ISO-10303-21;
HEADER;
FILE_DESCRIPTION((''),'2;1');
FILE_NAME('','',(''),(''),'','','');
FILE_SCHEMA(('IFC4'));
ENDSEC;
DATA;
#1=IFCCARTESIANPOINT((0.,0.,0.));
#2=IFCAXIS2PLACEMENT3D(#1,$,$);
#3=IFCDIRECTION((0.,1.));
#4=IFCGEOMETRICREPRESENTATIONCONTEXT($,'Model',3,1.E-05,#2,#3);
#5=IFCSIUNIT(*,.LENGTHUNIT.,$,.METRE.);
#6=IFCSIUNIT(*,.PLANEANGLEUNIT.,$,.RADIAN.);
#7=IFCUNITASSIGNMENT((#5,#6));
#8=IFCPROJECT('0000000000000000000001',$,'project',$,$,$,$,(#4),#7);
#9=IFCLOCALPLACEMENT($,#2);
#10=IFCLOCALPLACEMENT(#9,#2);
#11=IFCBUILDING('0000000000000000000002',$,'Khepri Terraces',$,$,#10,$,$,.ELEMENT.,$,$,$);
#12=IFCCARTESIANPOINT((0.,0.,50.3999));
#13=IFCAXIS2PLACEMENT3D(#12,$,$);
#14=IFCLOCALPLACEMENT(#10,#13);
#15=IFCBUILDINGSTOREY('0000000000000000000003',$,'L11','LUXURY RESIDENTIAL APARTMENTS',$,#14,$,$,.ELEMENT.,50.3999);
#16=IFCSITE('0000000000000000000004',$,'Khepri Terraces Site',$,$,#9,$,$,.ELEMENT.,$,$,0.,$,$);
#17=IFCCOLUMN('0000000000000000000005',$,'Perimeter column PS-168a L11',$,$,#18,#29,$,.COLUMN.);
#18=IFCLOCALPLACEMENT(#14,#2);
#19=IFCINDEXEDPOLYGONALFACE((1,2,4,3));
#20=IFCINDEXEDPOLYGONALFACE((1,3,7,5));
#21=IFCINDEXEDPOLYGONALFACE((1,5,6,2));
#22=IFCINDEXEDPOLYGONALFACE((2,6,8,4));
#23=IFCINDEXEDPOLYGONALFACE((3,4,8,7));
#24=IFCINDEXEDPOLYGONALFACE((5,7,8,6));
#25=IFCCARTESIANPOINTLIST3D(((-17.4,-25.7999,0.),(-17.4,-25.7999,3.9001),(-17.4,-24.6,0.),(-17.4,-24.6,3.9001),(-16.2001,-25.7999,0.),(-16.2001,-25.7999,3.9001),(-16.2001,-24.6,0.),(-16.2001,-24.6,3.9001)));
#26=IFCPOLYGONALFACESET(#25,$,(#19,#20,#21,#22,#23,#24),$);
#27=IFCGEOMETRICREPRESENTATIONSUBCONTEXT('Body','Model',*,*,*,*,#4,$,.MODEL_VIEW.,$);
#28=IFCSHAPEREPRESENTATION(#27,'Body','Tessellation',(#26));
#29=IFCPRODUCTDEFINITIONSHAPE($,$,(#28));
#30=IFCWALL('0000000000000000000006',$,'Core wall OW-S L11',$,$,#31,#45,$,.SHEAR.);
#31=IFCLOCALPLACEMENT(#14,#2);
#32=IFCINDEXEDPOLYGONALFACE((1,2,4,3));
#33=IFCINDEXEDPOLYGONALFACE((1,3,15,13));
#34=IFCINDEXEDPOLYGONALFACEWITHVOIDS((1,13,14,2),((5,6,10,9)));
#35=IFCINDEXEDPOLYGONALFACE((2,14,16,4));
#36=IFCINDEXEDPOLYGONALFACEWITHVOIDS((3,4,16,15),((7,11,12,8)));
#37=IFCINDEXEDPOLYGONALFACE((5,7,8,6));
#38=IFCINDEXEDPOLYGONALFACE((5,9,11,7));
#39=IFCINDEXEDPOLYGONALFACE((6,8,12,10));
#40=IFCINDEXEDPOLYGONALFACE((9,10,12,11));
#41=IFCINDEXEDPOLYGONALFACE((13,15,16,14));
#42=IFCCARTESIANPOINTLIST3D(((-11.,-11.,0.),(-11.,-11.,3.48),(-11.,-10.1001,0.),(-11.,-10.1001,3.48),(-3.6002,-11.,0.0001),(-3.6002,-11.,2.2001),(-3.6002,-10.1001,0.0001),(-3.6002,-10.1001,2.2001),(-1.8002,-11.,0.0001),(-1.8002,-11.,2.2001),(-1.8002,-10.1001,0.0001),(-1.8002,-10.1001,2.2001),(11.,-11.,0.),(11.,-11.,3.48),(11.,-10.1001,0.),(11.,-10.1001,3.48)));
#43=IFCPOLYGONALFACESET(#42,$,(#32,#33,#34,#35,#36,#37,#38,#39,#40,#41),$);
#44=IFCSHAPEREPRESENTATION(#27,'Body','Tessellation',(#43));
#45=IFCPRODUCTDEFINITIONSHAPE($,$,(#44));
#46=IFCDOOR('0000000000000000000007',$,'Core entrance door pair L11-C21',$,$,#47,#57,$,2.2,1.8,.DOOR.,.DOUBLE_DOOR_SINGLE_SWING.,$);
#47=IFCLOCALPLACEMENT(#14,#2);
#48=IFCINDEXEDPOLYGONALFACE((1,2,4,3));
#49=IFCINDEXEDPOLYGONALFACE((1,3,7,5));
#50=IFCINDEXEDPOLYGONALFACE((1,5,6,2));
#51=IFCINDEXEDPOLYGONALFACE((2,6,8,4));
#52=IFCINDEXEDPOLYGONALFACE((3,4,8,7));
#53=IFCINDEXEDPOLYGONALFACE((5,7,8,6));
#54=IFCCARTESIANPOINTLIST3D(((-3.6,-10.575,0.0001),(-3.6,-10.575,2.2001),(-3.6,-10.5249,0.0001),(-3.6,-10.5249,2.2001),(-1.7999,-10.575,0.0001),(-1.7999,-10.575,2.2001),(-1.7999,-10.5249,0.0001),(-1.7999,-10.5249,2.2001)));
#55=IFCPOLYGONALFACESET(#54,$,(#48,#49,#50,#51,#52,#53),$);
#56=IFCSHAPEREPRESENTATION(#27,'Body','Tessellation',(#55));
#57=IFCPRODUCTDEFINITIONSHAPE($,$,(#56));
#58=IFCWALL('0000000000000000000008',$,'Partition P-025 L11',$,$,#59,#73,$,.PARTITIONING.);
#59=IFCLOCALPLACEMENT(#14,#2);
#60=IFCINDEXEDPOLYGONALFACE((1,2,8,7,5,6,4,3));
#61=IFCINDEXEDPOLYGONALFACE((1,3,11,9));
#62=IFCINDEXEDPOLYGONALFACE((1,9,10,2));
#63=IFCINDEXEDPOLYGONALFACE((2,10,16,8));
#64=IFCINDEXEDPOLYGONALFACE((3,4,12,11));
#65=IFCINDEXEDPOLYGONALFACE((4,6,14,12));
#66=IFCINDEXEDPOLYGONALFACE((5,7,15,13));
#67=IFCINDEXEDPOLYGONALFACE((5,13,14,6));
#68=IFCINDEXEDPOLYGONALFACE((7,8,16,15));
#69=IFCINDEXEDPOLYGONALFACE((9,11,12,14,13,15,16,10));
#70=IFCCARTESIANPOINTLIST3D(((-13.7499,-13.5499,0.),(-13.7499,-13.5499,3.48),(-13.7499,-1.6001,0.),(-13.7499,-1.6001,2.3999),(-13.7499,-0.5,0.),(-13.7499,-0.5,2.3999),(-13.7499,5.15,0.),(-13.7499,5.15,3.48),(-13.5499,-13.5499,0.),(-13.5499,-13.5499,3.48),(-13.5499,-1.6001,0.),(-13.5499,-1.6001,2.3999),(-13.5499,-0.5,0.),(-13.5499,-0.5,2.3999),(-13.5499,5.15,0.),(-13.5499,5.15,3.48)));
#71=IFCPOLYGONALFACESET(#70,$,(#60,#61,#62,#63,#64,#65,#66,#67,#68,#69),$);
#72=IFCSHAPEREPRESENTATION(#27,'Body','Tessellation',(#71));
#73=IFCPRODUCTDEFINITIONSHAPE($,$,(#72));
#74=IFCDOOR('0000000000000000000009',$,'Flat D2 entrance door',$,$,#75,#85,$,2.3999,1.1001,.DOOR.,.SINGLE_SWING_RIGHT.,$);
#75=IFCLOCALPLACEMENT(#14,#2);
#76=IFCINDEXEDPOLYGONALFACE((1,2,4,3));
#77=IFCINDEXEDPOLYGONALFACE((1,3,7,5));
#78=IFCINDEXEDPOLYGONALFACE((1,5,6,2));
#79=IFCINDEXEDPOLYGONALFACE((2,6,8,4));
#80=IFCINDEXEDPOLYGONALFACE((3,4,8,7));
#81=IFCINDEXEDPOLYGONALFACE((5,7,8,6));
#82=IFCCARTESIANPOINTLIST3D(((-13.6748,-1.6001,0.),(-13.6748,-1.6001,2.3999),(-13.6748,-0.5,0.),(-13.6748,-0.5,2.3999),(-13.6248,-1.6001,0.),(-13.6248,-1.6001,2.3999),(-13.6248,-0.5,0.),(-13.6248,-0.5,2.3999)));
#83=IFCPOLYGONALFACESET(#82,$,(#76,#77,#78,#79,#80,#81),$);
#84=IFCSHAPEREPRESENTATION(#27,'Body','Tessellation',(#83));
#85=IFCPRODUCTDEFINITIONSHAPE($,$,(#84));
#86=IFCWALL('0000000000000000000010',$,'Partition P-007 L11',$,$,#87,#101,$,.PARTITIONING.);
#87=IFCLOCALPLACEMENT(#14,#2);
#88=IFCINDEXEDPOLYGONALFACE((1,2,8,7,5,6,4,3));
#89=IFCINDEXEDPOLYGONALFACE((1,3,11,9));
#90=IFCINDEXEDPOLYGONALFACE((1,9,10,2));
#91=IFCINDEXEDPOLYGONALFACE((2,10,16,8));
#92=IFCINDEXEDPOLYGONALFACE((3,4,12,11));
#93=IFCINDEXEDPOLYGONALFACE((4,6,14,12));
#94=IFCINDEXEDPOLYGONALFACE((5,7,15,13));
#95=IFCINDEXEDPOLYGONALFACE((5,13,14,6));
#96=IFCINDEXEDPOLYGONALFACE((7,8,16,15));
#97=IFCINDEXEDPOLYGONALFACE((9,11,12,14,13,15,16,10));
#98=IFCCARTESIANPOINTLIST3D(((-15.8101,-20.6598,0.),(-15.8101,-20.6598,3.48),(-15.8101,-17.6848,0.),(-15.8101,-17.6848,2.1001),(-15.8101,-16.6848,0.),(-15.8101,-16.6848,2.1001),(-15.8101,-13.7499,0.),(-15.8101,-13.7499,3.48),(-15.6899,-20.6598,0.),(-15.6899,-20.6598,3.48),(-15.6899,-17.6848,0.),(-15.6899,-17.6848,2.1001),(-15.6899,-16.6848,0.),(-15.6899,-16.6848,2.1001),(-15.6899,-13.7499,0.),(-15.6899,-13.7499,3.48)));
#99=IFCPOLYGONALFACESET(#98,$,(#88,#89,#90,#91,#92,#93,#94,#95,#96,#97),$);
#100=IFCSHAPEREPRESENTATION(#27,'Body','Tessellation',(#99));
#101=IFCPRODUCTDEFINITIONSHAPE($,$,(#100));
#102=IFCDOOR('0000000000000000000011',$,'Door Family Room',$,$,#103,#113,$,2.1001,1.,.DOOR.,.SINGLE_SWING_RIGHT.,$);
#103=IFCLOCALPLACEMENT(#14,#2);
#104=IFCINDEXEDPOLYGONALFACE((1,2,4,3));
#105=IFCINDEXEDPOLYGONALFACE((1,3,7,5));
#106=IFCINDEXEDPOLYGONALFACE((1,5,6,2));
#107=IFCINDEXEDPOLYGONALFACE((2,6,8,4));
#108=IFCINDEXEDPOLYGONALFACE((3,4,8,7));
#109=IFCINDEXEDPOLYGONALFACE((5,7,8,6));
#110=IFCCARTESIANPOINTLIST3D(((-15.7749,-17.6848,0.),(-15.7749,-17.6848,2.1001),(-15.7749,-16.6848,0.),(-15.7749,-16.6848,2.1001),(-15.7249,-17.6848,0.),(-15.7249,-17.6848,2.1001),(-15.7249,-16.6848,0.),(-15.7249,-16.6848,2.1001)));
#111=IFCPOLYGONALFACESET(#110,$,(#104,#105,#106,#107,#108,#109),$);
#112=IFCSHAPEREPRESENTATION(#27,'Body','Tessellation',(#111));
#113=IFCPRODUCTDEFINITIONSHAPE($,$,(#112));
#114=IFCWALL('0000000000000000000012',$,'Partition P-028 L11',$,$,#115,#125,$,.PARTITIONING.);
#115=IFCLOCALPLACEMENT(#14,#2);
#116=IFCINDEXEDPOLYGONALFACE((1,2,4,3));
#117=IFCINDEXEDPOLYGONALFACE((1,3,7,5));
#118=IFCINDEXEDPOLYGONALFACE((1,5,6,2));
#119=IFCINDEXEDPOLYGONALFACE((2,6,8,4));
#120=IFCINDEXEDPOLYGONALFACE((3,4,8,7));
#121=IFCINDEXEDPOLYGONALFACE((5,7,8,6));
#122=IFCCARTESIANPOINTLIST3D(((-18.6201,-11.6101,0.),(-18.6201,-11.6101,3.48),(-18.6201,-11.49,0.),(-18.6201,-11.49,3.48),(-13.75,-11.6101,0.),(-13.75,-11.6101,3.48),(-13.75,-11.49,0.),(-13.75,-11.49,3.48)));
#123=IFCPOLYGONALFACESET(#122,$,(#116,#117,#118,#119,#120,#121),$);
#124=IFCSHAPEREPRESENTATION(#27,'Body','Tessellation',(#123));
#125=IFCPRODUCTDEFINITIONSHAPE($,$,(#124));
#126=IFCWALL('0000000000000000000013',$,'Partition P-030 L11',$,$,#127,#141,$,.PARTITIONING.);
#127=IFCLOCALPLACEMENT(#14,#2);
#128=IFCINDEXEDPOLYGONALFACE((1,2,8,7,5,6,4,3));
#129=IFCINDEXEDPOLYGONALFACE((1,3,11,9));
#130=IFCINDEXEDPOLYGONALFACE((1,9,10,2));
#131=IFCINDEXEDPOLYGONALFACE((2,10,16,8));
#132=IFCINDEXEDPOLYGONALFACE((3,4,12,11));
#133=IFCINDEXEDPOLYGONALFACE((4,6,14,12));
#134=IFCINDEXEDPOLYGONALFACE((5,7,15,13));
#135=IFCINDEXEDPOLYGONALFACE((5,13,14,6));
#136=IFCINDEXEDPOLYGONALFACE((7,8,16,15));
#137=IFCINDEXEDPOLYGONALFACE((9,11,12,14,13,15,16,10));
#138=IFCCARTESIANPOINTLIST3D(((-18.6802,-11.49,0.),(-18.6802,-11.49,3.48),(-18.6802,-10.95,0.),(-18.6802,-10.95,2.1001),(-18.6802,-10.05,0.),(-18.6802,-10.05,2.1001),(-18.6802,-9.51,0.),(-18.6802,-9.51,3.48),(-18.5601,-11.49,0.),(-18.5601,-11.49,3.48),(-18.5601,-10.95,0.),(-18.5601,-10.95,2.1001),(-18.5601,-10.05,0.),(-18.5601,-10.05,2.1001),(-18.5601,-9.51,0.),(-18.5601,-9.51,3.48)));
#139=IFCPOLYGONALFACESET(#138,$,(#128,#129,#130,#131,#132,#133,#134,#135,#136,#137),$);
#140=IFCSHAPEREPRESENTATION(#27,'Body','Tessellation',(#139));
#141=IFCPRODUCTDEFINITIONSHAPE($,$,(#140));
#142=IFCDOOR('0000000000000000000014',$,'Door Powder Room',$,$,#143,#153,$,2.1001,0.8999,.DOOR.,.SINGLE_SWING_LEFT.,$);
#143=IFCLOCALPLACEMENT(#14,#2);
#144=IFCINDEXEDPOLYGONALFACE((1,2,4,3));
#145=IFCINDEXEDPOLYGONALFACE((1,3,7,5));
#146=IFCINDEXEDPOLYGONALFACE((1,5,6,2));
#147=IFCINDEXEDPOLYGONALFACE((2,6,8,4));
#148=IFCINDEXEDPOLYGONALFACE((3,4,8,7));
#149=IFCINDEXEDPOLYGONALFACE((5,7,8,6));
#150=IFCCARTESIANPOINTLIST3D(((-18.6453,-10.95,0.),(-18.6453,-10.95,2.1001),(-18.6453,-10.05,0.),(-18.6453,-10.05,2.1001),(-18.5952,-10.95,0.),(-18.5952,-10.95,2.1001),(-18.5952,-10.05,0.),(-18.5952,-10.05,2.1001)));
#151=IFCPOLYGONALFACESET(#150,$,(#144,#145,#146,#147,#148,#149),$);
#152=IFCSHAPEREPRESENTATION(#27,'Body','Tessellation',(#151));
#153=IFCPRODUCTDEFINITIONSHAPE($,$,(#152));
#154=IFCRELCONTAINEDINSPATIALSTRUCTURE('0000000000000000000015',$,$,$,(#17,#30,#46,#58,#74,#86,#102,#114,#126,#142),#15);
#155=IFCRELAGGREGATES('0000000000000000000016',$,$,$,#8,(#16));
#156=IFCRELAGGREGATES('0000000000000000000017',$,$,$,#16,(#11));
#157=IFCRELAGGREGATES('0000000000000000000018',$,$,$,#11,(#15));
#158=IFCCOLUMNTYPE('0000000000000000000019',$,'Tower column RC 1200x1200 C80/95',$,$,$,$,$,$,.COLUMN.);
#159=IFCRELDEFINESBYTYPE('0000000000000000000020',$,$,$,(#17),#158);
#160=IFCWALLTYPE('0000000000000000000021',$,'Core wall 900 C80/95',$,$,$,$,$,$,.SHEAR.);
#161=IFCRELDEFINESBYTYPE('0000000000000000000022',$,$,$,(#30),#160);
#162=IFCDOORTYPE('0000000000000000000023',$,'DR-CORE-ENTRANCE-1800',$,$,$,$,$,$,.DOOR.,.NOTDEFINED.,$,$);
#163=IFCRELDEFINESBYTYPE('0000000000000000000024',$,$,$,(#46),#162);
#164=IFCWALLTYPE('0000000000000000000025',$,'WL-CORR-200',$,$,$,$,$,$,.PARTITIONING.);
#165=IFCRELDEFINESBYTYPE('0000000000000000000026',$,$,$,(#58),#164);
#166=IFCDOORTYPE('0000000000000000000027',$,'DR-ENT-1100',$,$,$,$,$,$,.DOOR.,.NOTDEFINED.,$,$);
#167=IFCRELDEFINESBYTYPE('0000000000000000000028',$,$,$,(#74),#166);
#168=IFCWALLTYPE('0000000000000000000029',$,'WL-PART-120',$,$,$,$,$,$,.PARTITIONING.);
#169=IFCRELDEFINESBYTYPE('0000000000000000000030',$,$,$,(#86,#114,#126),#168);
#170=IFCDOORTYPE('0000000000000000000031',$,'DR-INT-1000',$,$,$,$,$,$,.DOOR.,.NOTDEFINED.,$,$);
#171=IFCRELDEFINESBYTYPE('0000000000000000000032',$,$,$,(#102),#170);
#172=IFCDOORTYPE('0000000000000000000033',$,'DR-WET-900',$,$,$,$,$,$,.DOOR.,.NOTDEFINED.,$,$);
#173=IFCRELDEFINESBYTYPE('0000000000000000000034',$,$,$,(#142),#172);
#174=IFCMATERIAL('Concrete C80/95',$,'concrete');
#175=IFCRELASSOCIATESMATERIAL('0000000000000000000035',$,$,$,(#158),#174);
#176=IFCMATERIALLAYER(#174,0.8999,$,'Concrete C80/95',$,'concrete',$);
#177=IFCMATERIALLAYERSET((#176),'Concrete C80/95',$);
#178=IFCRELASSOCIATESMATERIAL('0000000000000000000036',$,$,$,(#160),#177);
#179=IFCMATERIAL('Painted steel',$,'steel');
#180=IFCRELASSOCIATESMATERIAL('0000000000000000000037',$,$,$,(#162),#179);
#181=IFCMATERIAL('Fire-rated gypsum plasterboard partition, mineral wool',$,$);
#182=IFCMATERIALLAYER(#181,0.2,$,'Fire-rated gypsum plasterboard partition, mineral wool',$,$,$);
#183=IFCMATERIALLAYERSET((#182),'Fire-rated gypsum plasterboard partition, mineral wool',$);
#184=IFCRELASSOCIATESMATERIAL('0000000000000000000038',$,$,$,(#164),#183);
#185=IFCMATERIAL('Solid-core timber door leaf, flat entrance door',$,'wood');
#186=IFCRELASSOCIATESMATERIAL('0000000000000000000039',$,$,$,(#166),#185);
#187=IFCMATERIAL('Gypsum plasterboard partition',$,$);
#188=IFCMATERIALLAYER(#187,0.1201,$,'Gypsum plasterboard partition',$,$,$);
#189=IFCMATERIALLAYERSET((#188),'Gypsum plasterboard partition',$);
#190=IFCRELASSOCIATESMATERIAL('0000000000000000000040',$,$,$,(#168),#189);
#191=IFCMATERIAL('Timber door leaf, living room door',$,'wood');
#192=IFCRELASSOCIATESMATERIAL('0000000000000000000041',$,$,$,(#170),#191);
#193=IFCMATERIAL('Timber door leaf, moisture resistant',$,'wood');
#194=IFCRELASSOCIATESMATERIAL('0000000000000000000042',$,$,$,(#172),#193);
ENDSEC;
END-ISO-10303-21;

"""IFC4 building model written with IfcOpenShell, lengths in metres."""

from ifc_helpers import new_model, si_unit, direction, frame, frame_2d, origin, origin_2d, place, context, subcontext, project, spatial, rectangle, extrude, material, layer, layer_set, material_profile, profile_set, type_object, element, fill, save


model = new_model("IFC4")

# Units and contexts
model_context = context("Model", 3, precision=1e-05, world=origin(), true_north=direction((0.0, 1.0)))
body_context = subcontext(model_context, "Body", "Model", "MODEL_VIEW")
ifc_project = project(units=[si_unit("LENGTHUNIT", "METRE"), si_unit("PLANEANGLEUNIT", "RADIAN")], contexts=[model_context])

# Site, building, storey
site_placement = place(None, origin())
site = spatial("IfcSite", under=ifc_project, at=site_placement, Name="Khepri Terraces Site", CompositionType="ELEMENT", RefElevation=0.0)
building_placement = place(site_placement, origin())
building = spatial("IfcBuilding", under=site, at=building_placement, Name="Khepri Terraces", CompositionType="ELEMENT")
storey_placement = place(building_placement, frame((0.0, 0.0, 50.3999)))
storey = spatial("IfcBuildingStorey", under=building, at=storey_placement, Name="L11", Description="LUXURY RESIDENTIAL APARTMENTS", CompositionType="ELEMENT", Elevation=50.3999)

# Column
ifc_material_1 = material(Name="Concrete C80/95", Category="concrete")
ifc_material_profile = material_profile(ifc_material_1, rectangle(XDim=1.2, YDim=1.2, at=origin_2d()), Name="Concrete C80/95", Category="concrete")
ifc_profile_set = profile_set([ifc_material_profile], Name="Concrete C80/95")
column_type = type_object("IfcColumnType", Name="Tower column RC 1200x1200 C80/95", PredefinedType="COLUMN", material=ifc_profile_set)
column_placement = place(storey_placement, frame((-16.8, -25.2, 0.0), z_axis=(0.0, 0.0, 1.0), x_axis=(1.0, 0.0, 0.0)))
element("IfcColumn", 1, at=column_placement, inside=storey, type_object=column_type, Name="Perimeter column PS-168a L11", PredefinedType="COLUMN", context=body_context, shape_type="SweptSolid", body=[
    extrude(rectangle(XDim=1.2, YDim=1.2, at=origin_2d()), origin(), (0.0, 0.0, 1.0), 3.9001),
])

# Walls, openings, doors
ifc_layer_1 = layer(ifc_material_1, 0.8999, Name="Concrete C80/95", Category="concrete")
ifc_layer_set_1 = layer_set([ifc_layer_1], Name="Concrete C80/95")
wall_type_1 = type_object("IfcWallType", Name="Core wall 900 C80/95", PredefinedType="SHEAR", material=ifc_layer_set_1)
wall_1_placement = place(storey_placement, frame((-11.0, -10.55, 0.0), z_axis=(0.0, 0.0, 1.0), x_axis=(1.0, 0.0, 0.0)))
wall_1 = element("IfcWall", 2, at=wall_1_placement, inside=storey, type_object=wall_type_1, Name="Core wall OW-S L11", PredefinedType="SHEAR", context=body_context, shape_type="SweptSolid", body=[
    extrude(rectangle(XDim=22.0, YDim=0.8999, at=frame_2d((11.0, 0.0))), origin(), (0.0, 0.0, 1.0), 3.48),
])
opening_1_placement = place(wall_1_placement, frame((7.3999, 0.0, 0.0)))
opening_1 = element("IfcOpeningElement", 3, at=opening_1_placement, cuts=wall_1, PredefinedType="OPENING", context=body_context, shape_type="SweptSolid", body=[
    extrude(rectangle(XDim=1.8, YDim=2.2, at=frame_2d((0.8999, 1.1001))), frame((0.0, 0.46, 0.0), z_axis=(0.0, -1.0, 0.0), x_axis=(1.0, 0.0, 0.0)), (0.0, 0.0, 1.0), 0.9199),
])
ifc_material_2 = material(Name="Painted steel", Category="steel")
door_type_1 = type_object("IfcDoorType", Name="DR-CORE-ENTRANCE-1800", OperationType="NOTDEFINED", PredefinedType="DOOR", material=ifc_material_2)
door_1_placement = place(opening_1_placement, frame((1.8, 0.0, 0.0), z_axis=(0.0, 0.0, 1.0), x_axis=(-1.0, 0.0, 0.0)))
door_1 = element("IfcDoor", 4, at=door_1_placement, inside=storey, type_object=door_type_1, Name="Core entrance door pair L11-C21", OperationType="DOUBLE_DOOR_SINGLE_SWING", OverallHeight=2.2, OverallWidth=1.8, PredefinedType="DOOR", context=body_context, shape_type="SweptSolid", body=[
    extrude(rectangle(XDim=1.8, YDim=2.2, at=frame_2d((0.8999, 1.1001))), frame((0.0, 0.0249, 0.0), z_axis=(0.0, -1.0, 0.0), x_axis=(1.0, 0.0, 0.0)), (0.0, 0.0, 1.0), 0.05),
])
fill(opening_1, door_1)
ifc_material_3 = material(Name="Fire-rated gypsum plasterboard partition, mineral wool")
ifc_layer_2 = layer(ifc_material_3, 0.2, Name="Fire-rated gypsum plasterboard partition, mineral wool")
ifc_layer_set_2 = layer_set([ifc_layer_2], Name="Fire-rated gypsum plasterboard partition, mineral wool")
wall_type_2 = type_object("IfcWallType", Name="WL-CORR-200", PredefinedType="PARTITIONING", material=ifc_layer_set_2)
wall_2_placement = place(storey_placement, frame((-13.6499, -13.55, 0.0), z_axis=(0.0, 0.0, 1.0), x_axis=(0.0, 1.0, 0.0)))
wall_2 = element("IfcWall", 5, at=wall_2_placement, inside=storey, type_object=wall_type_2, Name="Partition P-025 L11", PredefinedType="PARTITIONING", context=body_context, shape_type="SweptSolid", body=[
    extrude(rectangle(XDim=18.7, YDim=0.2, at=frame_2d((9.3501, 0.0))), origin(), (0.0, 0.0, 1.0), 3.48),
])
opening_2_placement = place(wall_2_placement, frame((11.95, 0.0, 0.0)))
opening_2 = element("IfcOpeningElement", 6, at=opening_2_placement, cuts=wall_2, PredefinedType="OPENING", context=body_context, shape_type="SweptSolid", body=[
    extrude(rectangle(XDim=1.1001, YDim=2.3999, at=frame_2d((0.55, 1.2))), frame((0.0, 0.1099, 0.0), z_axis=(0.0, -1.0, 0.0), x_axis=(1.0, 0.0, 0.0)), (0.0, 0.0, 1.0), 0.22),
])
ifc_material_4 = material(Name="Solid-core timber door leaf, flat entrance door", Category="wood")
door_type_2 = type_object("IfcDoorType", Name="DR-ENT-1100", OperationType="NOTDEFINED", PredefinedType="DOOR", material=ifc_material_4)
door_2_placement = place(opening_2_placement, origin())
door_2 = element("IfcDoor", 7, at=door_2_placement, inside=storey, type_object=door_type_2, Name="Flat D2 entrance door", OperationType="SINGLE_SWING_RIGHT", OverallHeight=2.3999, OverallWidth=1.1001, PredefinedType="DOOR", context=body_context, shape_type="SweptSolid", body=[
    extrude(rectangle(XDim=1.1001, YDim=2.3999, at=frame_2d((0.55, 1.2))), frame((0.0, 0.0249, 0.0), z_axis=(0.0, -1.0, 0.0), x_axis=(1.0, 0.0, 0.0)), (0.0, 0.0, 1.0), 0.05),
])
fill(opening_2, door_2)

# Wall, opening, door
ifc_material_5 = material(Name="Gypsum plasterboard partition")
ifc_layer_3 = layer(ifc_material_5, 0.1201, Name="Gypsum plasterboard partition")
ifc_layer_set_3 = layer_set([ifc_layer_3], Name="Gypsum plasterboard partition")
wall_type_3 = type_object("IfcWallType", Name="WL-PART-120", PredefinedType="PARTITIONING", material=ifc_layer_set_3)
wall_3_placement = place(storey_placement, frame((-15.75, -20.6599, 0.0), z_axis=(0.0, 0.0, 1.0), x_axis=(0.0, 1.0, 0.0)))
wall_3 = element("IfcWall", 8, at=wall_3_placement, inside=storey, type_object=wall_type_3, Name="Partition P-007 L11", PredefinedType="PARTITIONING", context=body_context, shape_type="SweptSolid", body=[
    extrude(rectangle(XDim=6.9099, YDim=0.1201, at=frame_2d((3.4551, 0.0))), origin(), (0.0, 0.0, 1.0), 3.48),
])
opening_3_placement = place(wall_3_placement, frame((2.9751, 0.0, 0.0)))
opening_3 = element("IfcOpeningElement", 9, at=opening_3_placement, cuts=wall_3, PredefinedType="OPENING", context=body_context, shape_type="SweptSolid", body=[
    extrude(rectangle(XDim=1.0, YDim=2.1001, at=frame_2d((0.5, 1.05))), frame((0.0, 0.0701, 0.0), z_axis=(0.0, -1.0, 0.0), x_axis=(1.0, 0.0, 0.0)), (0.0, 0.0, 1.0), 0.1401),
])
ifc_material_6 = material(Name="Timber door leaf, living room door", Category="wood")
door_type_3 = type_object("IfcDoorType", Name="DR-INT-1000", OperationType="NOTDEFINED", PredefinedType="DOOR", material=ifc_material_6)
door_3_placement = place(opening_3_placement, origin())
door_3 = element("IfcDoor", 10, at=door_3_placement, inside=storey, type_object=door_type_3, Name="Door Family Room", OperationType="SINGLE_SWING_RIGHT", OverallHeight=2.1001, OverallWidth=1.0, PredefinedType="DOOR", context=body_context, shape_type="SweptSolid", body=[
    extrude(rectangle(XDim=1.0, YDim=2.1001, at=frame_2d((0.5, 1.05))), frame((0.0, 0.0249, 0.0), z_axis=(0.0, -1.0, 0.0), x_axis=(1.0, 0.0, 0.0)), (0.0, 0.0, 1.0), 0.05),
])
fill(opening_3, door_3)

# Wall
wall_4_placement = place(storey_placement, frame((-18.6201, -11.55, 0.0), z_axis=(0.0, 0.0, 1.0), x_axis=(1.0, 0.0, 0.0)))
element("IfcWall", 11, at=wall_4_placement, inside=storey, type_object=wall_type_3, Name="Partition P-028 L11", PredefinedType="PARTITIONING", context=body_context, shape_type="SweptSolid", body=[
    extrude(rectangle(XDim=4.8701, YDim=0.1201, at=frame_2d((2.4351, 0.0))), origin(), (0.0, 0.0, 1.0), 3.48),
])

# Wall, opening, door
wall_5_placement = place(storey_placement, frame((-18.6201, -11.49, 0.0), z_axis=(0.0, 0.0, 1.0), x_axis=(0.0, 1.0, 0.0)))
wall_5 = element("IfcWall", 12, at=wall_5_placement, inside=storey, type_object=wall_type_3, Name="Partition P-030 L11", PredefinedType="PARTITIONING", context=body_context, shape_type="SweptSolid", body=[
    extrude(rectangle(XDim=1.98, YDim=0.1201, at=frame_2d((0.99, 0.0))), origin(), (0.0, 0.0, 1.0), 3.48),
])
opening_4_placement = place(wall_5_placement, frame((0.54, 0.0, 0.0)))
opening_4 = element("IfcOpeningElement", 13, at=opening_4_placement, cuts=wall_5, PredefinedType="OPENING", context=body_context, shape_type="SweptSolid", body=[
    extrude(rectangle(XDim=0.8999, YDim=2.1001, at=frame_2d((0.45, 1.05))), frame((0.0, 0.0701, 0.0), z_axis=(0.0, -1.0, 0.0), x_axis=(1.0, 0.0, 0.0)), (0.0, 0.0, 1.0), 0.1401),
])
ifc_material_7 = material(Name="Timber door leaf, moisture resistant", Category="wood")
door_type_4 = type_object("IfcDoorType", Name="DR-WET-900", OperationType="NOTDEFINED", PredefinedType="DOOR", material=ifc_material_7)
door_4_placement = place(opening_4_placement, frame((0.8999, 0.0, 0.0), z_axis=(0.0, 0.0, 1.0), x_axis=(-1.0, 0.0, 0.0)))
door_4 = element("IfcDoor", 14, at=door_4_placement, inside=storey, type_object=door_type_4, Name="Door Powder Room", OperationType="SINGLE_SWING_LEFT", OverallHeight=2.1001, OverallWidth=0.8999, PredefinedType="DOOR", context=body_context, shape_type="SweptSolid", body=[
    extrude(rectangle(XDim=0.8999, YDim=2.1001, at=frame_2d((0.45, 1.05))), frame((0.0, 0.0249, 0.0), z_axis=(0.0, -1.0, 0.0), x_axis=(1.0, 0.0, 0.0)), (0.0, 0.0, 1.0), 0.05),
])
fill(opening_4, door_4)

save(model, "model.ifc")
